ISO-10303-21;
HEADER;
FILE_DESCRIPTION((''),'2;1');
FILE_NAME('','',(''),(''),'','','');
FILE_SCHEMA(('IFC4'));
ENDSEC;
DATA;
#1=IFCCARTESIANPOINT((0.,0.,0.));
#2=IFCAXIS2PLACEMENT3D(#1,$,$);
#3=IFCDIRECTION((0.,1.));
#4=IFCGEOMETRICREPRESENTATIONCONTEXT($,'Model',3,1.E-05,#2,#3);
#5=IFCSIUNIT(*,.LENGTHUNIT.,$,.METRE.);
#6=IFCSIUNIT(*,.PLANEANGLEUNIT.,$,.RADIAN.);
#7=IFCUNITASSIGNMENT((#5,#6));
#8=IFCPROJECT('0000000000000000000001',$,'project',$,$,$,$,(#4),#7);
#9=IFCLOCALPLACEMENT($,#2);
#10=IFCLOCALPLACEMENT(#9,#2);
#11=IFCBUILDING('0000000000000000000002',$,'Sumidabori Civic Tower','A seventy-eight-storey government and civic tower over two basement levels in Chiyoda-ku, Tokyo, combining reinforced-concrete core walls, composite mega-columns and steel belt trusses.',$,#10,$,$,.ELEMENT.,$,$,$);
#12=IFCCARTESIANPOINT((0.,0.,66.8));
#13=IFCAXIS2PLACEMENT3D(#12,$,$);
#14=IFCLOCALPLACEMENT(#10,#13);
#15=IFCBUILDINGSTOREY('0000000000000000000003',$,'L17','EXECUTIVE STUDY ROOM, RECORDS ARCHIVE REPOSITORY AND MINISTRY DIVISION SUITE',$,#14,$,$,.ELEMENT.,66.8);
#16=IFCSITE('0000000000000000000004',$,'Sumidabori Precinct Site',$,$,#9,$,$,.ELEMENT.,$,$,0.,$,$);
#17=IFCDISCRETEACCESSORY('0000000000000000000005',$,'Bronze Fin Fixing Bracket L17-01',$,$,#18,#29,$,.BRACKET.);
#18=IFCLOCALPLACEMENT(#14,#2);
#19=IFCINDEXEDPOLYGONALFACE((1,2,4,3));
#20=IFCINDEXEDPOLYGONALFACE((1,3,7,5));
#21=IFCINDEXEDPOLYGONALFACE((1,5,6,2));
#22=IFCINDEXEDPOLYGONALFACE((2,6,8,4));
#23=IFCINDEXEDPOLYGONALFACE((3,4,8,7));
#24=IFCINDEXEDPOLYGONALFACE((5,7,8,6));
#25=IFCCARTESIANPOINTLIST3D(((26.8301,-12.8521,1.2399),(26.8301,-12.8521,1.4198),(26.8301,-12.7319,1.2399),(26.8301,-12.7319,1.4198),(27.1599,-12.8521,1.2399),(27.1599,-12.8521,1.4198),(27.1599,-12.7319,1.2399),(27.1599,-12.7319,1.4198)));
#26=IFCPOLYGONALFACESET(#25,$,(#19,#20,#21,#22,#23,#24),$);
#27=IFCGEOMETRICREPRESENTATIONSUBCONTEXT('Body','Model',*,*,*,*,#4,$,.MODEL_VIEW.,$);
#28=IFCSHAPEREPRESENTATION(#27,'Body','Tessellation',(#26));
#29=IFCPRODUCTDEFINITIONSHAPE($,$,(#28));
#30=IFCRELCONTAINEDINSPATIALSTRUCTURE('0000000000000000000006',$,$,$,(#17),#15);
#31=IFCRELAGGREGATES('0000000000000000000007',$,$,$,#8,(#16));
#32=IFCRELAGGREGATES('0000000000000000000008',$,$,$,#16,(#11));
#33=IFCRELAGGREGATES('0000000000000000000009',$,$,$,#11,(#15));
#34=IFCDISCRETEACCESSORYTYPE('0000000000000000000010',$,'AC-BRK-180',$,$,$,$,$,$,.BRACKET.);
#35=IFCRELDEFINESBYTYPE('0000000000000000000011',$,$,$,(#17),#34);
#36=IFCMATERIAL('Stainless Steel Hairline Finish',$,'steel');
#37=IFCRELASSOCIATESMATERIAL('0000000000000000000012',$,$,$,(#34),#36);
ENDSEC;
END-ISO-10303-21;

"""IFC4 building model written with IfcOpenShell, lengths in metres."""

from ifc_helpers import new_model, si_unit, direction, frame, origin, origin_2d, place, context, subcontext, project, spatial, rectangle, extrude, source, transform, mapped, material, material_profile, profile_set, type_object, element, save


model = new_model("IFC4")

# Units and contexts
model_context = context("Model", 3, precision=1e-05, world=origin(), true_north=direction((0.0, 1.0)))
body_context = subcontext(model_context, "Body", "Model", "MODEL_VIEW")
ifc_project = project(units=[si_unit("LENGTHUNIT", "METRE"), si_unit("PLANEANGLEUNIT", "RADIAN")], contexts=[model_context])

# Site, building, storey
site_placement = place(None, origin())
site = spatial("IfcSite", under=ifc_project, at=site_placement, Name="Sumidabori Precinct Site", CompositionType="ELEMENT", RefElevation=0.0)
building_placement = place(site_placement, origin())
building = spatial("IfcBuilding", under=site, at=building_placement, Name="Sumidabori Civic Tower", Description="A seventy-eight-storey government and civic tower over two basement levels in Chiyoda-ku, Tokyo, combining reinforced-concrete core walls, composite mega-columns and steel belt trusses.", CompositionType="ELEMENT")
storey_placement = place(building_placement, frame((0.0, 0.0, 66.8)))
storey = spatial("IfcBuildingStorey", under=building, at=storey_placement, Name="L17", Description="EXECUTIVE STUDY ROOM, RECORDS ARCHIVE REPOSITORY AND MINISTRY DIVISION SUITE", CompositionType="ELEMENT", Elevation=66.8)

# Discrete accessory
ifc_material_1 = material(Name="Stainless Steel Hairline Finish", Category="steel")
ifc_material_profile_1 = material_profile(ifc_material_1, rectangle(XDim=0.1201, YDim=0.1799, at=origin_2d()), Name="STEEL BRACKET 180x120")
ifc_profile_set_1 = profile_set([ifc_material_profile_1], Name="Stainless Steel Hairline Finish")
discrete_accessory_type = type_object("IfcDiscreteAccessoryType", Name="AC-BRK-180", PredefinedType="BRACKET", material=ifc_profile_set_1)
shared_shape_1 = source(origin(), body_context, "Body", "SweptSolid", [
    extrude(rectangle(XDim=0.1201, YDim=0.1799, at=origin_2d()), origin(), (0.0, 0.0, 1.0), 0.3298),
])
discrete_accessory_placement = place(storey_placement, frame((26.8301, -12.792, 1.3298), z_axis=(1.0, 0.0, 0.0), x_axis=(0.0, 1.0, 0.0)))
element("IfcDiscreteAccessory", 1, at=discrete_accessory_placement, inside=storey, type_object=discrete_accessory_type, Name="Bronze Fin Fixing Bracket L17-01", PredefinedType="BRACKET", context=body_context, shape_type="MappedRepresentation", body=[
    mapped(shared_shape_1, transform((0.0, 0.0, 0.0), x_axis=(1.0, 0.0, 0.0), y_axis=(0.0, 1.0, 0.0), z_axis=(0.0, 0.0, 1.0), scale=1.0)),
])

save(model, "model.ifc")
